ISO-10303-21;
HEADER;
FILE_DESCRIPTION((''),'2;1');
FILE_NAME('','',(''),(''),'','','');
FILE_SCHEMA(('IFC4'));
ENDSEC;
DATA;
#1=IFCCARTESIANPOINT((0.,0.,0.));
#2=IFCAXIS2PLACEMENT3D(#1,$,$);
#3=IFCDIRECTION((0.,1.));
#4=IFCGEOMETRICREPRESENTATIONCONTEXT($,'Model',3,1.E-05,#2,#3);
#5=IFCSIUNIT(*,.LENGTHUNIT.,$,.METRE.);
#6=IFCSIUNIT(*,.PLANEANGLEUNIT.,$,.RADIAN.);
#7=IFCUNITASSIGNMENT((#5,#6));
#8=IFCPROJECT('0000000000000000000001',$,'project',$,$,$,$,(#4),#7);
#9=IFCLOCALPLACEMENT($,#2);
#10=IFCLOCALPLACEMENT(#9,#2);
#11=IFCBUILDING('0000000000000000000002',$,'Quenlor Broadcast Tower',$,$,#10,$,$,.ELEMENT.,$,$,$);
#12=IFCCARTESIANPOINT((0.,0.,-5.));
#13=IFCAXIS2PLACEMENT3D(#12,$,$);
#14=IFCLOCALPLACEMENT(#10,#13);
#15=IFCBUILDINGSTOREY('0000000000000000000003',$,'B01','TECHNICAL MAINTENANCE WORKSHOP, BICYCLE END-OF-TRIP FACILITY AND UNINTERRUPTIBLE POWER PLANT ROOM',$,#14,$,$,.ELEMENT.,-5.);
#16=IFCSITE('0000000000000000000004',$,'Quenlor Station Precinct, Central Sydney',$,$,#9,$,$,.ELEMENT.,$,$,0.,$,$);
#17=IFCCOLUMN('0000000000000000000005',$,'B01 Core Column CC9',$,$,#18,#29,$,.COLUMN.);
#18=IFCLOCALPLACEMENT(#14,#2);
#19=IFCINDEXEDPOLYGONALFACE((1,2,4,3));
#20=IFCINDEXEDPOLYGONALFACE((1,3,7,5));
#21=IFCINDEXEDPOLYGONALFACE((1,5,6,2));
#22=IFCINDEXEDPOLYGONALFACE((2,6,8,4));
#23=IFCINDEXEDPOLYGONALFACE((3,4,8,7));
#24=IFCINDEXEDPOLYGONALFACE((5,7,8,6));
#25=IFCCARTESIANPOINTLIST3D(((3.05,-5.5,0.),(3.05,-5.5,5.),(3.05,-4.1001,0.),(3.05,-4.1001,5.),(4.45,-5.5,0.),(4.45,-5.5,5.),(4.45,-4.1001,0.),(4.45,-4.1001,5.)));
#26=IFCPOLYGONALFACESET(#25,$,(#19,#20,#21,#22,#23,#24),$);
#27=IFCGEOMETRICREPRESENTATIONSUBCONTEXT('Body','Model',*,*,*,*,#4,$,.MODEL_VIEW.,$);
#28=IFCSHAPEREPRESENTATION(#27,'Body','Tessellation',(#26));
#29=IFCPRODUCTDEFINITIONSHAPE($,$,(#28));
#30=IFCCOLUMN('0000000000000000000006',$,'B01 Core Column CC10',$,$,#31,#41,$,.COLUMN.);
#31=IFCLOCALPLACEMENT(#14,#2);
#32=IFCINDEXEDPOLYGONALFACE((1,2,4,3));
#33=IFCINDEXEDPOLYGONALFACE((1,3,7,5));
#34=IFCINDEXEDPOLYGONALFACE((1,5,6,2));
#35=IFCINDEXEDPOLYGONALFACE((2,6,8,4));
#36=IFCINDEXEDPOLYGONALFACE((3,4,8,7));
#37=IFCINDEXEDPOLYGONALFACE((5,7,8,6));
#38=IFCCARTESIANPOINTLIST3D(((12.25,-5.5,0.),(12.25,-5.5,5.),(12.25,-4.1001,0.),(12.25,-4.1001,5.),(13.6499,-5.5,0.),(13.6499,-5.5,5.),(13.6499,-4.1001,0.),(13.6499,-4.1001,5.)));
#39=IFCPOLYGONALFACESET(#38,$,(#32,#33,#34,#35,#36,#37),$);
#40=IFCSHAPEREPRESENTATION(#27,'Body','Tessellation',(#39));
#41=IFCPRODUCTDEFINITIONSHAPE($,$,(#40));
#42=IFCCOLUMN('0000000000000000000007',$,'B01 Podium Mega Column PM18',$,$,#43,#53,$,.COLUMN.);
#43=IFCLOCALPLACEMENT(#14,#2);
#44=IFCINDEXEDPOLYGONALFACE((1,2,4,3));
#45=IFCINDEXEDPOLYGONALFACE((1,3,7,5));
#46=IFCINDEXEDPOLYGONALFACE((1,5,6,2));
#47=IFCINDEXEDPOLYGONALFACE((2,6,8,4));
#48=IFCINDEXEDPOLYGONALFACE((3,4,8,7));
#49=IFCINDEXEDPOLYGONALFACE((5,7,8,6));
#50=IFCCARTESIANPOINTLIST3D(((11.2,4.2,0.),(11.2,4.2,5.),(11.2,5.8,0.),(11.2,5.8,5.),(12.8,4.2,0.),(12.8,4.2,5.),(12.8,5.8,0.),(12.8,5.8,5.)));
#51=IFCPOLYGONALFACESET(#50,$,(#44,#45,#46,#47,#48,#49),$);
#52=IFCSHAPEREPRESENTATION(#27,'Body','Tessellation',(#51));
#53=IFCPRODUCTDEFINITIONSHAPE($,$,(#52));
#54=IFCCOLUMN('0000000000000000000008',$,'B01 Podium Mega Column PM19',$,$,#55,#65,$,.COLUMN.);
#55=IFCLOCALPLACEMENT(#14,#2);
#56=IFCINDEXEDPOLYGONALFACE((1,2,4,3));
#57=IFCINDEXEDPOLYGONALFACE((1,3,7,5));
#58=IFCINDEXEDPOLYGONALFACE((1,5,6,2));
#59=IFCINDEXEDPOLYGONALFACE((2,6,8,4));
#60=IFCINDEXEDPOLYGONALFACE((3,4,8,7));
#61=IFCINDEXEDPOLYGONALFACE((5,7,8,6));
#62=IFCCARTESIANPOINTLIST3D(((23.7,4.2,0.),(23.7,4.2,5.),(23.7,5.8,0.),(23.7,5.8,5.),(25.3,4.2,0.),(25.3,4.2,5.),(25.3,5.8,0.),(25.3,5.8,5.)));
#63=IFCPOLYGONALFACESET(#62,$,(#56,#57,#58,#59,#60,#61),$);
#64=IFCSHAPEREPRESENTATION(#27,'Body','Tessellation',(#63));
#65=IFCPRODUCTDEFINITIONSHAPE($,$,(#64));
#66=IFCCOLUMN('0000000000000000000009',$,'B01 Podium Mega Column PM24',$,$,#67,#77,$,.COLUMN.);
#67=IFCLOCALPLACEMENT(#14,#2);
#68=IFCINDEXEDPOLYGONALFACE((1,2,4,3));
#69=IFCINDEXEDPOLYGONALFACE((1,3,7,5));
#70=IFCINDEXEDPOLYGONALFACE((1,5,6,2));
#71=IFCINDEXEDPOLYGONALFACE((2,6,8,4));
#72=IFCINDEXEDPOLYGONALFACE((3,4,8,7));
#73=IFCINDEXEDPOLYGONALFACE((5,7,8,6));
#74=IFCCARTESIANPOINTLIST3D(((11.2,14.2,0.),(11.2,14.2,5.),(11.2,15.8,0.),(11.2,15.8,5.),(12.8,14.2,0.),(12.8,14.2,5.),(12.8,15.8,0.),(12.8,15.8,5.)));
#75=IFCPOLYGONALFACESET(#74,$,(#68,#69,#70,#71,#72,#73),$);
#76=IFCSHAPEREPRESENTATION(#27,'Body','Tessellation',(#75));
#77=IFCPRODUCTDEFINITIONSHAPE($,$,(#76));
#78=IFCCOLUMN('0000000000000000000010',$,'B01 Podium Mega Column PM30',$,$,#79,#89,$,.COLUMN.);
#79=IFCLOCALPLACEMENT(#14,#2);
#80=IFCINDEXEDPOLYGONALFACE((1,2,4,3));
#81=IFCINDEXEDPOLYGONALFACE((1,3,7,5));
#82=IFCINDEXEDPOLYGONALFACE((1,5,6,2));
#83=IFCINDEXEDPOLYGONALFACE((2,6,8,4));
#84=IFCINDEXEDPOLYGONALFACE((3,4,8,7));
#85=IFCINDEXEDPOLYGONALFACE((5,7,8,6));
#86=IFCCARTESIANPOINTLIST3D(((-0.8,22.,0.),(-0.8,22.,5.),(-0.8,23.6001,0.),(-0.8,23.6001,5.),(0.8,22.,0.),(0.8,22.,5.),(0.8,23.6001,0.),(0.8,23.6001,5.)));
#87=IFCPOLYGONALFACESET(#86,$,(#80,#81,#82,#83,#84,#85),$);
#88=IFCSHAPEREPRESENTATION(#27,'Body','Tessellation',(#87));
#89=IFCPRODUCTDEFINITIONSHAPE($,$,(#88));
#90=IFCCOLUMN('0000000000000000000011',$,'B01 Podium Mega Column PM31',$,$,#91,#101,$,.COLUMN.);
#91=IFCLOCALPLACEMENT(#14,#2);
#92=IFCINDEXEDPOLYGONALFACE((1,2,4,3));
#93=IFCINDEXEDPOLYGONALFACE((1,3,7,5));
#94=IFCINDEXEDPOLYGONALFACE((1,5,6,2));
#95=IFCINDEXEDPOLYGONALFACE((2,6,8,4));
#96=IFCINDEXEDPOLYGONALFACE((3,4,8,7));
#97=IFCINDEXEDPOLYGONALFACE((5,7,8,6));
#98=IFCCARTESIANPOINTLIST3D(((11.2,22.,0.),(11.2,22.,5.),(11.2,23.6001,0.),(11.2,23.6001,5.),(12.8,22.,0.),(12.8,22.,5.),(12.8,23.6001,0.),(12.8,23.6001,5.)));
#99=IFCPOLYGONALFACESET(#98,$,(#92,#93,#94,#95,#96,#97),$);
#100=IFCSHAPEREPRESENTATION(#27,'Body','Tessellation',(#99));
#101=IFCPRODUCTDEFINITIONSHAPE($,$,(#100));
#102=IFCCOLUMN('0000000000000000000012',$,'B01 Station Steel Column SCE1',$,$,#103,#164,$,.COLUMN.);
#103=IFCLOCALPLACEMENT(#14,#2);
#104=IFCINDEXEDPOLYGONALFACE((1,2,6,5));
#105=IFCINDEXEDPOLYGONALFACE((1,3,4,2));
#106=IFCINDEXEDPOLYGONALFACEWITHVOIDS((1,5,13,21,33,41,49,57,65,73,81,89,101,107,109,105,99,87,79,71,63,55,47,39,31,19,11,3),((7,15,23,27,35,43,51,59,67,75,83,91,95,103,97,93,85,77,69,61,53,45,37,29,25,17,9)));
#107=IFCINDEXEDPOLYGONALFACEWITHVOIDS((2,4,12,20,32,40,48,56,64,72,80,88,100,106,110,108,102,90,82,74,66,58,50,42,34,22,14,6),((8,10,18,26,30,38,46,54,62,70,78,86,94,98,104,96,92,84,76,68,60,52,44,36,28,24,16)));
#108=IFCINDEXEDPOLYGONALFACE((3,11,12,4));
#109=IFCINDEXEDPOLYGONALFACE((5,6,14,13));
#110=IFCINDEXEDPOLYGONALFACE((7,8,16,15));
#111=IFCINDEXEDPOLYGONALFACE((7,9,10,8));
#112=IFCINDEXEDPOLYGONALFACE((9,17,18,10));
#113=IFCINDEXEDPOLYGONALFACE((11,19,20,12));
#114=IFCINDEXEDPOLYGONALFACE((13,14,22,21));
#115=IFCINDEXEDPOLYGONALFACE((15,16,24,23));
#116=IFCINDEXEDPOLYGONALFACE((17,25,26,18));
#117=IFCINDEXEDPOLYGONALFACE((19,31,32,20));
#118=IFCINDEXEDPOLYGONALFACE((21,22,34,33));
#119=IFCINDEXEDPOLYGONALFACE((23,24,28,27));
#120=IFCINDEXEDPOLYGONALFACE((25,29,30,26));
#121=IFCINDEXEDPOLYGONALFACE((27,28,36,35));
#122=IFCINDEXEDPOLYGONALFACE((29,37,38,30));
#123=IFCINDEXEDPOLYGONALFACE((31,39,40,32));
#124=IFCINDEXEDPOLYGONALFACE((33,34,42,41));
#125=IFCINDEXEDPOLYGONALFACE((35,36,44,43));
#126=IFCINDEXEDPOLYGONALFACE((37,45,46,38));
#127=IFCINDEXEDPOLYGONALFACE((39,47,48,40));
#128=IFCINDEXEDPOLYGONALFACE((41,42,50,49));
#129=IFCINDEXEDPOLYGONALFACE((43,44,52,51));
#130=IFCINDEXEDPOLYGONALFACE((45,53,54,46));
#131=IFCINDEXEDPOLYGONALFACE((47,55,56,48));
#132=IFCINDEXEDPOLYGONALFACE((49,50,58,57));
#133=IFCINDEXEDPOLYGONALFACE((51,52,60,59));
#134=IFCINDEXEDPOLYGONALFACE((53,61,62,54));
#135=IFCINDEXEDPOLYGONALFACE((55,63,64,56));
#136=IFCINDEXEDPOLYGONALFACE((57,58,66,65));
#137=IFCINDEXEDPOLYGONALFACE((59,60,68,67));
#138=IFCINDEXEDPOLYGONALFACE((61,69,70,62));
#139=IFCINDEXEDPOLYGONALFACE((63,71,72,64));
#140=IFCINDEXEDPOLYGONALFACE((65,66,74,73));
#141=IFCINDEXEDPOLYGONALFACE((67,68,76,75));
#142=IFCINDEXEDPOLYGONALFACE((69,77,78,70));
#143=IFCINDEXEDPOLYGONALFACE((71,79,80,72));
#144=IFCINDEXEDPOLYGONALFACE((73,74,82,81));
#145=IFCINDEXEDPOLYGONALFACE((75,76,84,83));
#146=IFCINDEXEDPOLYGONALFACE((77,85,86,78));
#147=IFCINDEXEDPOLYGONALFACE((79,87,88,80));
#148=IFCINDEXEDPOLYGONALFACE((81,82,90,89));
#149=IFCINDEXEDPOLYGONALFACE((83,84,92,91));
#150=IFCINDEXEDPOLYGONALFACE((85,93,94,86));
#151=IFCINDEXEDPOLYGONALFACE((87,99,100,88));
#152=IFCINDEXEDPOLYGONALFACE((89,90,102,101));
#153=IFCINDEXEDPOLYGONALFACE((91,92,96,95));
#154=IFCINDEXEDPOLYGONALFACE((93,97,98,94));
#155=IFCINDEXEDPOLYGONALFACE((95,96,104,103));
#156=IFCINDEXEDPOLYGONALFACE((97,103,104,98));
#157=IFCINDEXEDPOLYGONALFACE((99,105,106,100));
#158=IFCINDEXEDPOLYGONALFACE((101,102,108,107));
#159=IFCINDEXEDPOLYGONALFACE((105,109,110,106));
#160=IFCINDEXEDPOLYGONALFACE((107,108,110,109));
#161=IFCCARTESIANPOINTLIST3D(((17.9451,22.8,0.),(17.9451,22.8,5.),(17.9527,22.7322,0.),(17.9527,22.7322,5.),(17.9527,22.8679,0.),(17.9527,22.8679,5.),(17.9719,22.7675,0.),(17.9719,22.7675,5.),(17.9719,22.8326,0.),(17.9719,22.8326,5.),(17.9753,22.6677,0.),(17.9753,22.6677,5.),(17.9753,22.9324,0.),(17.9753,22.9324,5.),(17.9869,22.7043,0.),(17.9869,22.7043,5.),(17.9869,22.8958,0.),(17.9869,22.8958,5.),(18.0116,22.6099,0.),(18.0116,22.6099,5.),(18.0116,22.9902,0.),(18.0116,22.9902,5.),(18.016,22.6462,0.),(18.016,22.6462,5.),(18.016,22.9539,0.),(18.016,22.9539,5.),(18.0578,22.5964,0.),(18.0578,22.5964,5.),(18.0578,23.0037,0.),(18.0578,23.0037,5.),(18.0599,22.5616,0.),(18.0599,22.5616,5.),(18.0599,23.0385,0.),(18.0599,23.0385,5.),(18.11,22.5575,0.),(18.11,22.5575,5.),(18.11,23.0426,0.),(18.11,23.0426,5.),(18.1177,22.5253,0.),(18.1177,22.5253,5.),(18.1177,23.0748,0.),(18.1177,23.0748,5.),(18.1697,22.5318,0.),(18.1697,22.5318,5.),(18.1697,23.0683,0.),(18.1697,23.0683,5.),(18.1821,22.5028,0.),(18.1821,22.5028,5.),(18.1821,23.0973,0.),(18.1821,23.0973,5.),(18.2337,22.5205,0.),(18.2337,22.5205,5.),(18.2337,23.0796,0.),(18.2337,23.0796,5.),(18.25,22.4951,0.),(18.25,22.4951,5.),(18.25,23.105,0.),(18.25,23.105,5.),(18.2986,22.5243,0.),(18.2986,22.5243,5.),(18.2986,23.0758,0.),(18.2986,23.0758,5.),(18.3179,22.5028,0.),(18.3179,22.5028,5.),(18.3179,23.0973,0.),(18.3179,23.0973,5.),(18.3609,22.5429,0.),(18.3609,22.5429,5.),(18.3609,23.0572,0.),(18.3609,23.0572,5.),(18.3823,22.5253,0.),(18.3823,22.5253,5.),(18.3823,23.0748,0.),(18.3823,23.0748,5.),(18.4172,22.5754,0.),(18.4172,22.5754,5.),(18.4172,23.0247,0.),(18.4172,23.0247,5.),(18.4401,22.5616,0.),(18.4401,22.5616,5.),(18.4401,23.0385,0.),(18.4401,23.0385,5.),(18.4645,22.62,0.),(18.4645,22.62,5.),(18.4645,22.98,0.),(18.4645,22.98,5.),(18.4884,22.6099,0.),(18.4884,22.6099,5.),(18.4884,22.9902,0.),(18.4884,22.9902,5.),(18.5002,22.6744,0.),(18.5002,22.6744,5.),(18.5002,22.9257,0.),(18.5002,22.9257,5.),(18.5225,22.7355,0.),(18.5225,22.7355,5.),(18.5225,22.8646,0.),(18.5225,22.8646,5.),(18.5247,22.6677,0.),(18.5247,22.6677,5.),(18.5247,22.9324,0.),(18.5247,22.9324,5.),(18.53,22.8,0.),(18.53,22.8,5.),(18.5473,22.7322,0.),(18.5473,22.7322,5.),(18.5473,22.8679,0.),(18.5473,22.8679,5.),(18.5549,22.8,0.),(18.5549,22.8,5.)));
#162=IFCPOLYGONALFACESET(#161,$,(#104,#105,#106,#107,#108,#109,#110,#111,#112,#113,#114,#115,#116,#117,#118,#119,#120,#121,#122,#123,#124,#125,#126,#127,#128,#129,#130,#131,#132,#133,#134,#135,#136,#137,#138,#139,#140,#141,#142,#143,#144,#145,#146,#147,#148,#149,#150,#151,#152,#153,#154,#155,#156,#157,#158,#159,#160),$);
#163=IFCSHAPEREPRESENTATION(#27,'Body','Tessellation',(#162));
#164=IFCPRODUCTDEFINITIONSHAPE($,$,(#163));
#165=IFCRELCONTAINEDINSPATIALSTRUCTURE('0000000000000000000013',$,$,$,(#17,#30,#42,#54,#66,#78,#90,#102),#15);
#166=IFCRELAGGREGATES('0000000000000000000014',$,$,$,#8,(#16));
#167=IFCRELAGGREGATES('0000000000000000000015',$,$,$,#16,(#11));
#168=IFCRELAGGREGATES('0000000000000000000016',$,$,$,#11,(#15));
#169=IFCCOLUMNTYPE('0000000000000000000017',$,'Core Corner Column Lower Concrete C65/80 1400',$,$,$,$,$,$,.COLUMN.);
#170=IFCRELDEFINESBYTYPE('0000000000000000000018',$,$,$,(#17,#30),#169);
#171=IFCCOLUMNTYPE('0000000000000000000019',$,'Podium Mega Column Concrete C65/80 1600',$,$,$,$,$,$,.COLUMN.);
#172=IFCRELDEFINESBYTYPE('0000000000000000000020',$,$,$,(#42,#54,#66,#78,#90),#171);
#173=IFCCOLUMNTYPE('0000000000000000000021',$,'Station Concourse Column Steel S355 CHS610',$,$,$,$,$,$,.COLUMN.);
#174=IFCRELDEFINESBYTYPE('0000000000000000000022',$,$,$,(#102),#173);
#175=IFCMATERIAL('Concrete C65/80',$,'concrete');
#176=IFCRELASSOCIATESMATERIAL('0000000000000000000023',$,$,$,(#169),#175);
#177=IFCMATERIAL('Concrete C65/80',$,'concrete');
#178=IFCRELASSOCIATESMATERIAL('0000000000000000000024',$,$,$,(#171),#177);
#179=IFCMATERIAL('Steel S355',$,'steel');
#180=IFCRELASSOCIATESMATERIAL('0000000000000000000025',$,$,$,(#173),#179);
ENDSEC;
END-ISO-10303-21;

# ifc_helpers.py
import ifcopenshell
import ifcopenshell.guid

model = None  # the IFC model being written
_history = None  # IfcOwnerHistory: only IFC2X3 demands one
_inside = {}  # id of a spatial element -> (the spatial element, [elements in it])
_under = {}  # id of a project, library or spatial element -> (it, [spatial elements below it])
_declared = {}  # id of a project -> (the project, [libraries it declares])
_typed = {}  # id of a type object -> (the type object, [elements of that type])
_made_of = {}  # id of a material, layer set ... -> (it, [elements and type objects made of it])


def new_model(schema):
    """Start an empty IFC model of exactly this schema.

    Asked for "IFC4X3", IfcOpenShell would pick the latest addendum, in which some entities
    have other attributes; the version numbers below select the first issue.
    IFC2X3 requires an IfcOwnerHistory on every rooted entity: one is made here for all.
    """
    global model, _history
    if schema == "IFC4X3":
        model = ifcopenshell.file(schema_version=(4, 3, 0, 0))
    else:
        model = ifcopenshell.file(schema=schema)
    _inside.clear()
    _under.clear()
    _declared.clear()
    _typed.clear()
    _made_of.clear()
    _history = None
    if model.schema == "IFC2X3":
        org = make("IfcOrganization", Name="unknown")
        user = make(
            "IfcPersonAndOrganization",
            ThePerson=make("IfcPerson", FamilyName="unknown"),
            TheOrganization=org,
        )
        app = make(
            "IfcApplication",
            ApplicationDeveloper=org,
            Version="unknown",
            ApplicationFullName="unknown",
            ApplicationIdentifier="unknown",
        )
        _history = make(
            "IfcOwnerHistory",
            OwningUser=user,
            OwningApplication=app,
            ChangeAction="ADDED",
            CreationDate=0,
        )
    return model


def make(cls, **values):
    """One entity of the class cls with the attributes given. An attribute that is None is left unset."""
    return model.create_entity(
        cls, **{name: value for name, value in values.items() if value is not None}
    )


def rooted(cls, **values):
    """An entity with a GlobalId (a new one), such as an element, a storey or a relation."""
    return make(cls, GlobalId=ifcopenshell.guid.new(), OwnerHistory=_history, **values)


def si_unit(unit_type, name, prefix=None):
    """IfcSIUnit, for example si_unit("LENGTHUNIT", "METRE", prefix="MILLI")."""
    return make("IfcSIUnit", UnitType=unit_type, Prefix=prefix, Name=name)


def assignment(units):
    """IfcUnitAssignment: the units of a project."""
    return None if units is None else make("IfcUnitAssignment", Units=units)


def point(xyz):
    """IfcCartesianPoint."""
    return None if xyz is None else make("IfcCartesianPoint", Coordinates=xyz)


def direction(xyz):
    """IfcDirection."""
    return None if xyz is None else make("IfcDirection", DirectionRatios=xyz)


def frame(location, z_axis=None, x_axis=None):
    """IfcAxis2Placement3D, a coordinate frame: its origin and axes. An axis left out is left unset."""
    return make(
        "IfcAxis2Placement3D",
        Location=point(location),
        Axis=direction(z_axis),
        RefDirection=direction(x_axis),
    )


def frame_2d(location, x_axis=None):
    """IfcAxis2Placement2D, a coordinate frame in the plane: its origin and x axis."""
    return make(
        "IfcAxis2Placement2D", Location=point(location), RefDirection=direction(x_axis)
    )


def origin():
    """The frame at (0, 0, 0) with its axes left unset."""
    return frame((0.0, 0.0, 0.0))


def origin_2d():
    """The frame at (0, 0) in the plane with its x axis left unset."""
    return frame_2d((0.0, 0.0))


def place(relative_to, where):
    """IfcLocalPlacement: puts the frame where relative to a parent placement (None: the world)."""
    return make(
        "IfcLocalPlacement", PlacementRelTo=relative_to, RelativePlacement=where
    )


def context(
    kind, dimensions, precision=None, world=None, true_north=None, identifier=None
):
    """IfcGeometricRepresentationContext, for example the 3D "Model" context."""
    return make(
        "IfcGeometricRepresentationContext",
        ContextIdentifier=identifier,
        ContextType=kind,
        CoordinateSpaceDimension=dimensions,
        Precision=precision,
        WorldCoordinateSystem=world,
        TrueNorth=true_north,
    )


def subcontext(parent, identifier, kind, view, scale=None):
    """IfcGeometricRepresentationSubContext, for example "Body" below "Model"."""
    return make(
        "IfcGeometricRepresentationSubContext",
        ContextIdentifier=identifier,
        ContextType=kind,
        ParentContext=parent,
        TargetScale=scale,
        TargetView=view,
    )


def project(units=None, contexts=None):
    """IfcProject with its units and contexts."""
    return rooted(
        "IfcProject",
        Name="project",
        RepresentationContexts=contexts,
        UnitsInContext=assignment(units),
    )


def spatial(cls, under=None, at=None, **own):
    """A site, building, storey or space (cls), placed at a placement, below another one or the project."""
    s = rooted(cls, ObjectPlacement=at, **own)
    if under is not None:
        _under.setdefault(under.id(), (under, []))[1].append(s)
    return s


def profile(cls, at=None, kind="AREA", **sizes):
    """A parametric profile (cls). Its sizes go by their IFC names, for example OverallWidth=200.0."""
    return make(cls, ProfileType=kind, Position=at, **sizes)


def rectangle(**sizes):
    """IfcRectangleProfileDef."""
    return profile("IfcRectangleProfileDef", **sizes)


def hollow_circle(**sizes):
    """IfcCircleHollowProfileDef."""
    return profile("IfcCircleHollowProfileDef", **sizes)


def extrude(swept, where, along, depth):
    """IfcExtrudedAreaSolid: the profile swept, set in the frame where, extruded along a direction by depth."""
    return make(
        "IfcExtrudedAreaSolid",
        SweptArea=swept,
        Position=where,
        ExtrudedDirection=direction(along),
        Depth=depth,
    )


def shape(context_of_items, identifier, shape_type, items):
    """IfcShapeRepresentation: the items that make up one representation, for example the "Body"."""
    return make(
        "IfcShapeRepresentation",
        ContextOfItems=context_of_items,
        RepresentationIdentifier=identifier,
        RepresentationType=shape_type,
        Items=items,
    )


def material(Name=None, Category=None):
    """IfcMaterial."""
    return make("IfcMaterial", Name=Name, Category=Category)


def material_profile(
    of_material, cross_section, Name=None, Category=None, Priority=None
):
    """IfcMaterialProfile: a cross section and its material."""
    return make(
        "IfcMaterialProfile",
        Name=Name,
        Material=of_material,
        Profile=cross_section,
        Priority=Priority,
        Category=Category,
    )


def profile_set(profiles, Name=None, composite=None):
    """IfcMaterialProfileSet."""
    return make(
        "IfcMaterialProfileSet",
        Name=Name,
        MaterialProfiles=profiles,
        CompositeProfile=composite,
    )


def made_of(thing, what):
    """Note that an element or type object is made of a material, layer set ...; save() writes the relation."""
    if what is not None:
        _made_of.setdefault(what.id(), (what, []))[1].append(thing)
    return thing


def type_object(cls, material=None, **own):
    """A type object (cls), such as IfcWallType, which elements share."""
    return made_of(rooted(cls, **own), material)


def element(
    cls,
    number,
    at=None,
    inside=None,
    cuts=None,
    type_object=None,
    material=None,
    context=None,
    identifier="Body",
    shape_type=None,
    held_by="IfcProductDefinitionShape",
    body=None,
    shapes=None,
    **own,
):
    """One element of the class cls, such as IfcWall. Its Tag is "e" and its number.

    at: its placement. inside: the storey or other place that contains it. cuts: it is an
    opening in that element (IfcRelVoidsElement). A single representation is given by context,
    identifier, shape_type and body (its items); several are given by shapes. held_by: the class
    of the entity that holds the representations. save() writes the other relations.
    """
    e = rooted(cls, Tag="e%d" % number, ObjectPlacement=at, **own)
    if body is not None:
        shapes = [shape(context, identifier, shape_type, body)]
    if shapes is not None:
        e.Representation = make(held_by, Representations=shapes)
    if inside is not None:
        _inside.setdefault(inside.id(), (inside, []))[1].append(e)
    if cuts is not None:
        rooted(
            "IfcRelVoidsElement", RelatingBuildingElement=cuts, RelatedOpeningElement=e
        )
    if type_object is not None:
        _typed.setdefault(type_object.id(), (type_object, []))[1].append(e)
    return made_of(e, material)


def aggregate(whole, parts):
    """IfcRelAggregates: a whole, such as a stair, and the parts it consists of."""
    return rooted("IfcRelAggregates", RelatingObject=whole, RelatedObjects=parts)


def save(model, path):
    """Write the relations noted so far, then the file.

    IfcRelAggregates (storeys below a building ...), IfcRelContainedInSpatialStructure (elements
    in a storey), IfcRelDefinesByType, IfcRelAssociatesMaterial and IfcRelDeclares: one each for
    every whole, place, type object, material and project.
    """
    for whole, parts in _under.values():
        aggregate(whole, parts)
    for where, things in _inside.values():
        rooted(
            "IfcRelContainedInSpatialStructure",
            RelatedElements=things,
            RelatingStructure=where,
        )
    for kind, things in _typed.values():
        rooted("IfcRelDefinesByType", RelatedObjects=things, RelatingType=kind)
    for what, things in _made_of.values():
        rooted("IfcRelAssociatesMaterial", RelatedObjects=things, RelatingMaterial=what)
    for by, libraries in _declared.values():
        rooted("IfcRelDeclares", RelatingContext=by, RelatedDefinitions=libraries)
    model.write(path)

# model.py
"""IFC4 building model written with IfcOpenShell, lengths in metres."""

from ifc_helpers import new_model, si_unit, direction, frame, origin, origin_2d, place, context, subcontext, project, spatial, rectangle, hollow_circle, extrude, material, material_profile, profile_set, type_object, element, save


model = new_model("IFC4")

# Units and contexts
model_context = context("Model", 3, precision=1e-05, world=origin(), true_north=direction((0.0, 1.0)))
body_context = subcontext(model_context, "Body", "Model", "MODEL_VIEW")
ifc_project = project(units=[si_unit("LENGTHUNIT", "METRE"), si_unit("PLANEANGLEUNIT", "RADIAN")], contexts=[model_context])

# Site, building, storey
site_placement = place(None, origin())
site = spatial("IfcSite", under=ifc_project, at=site_placement, Name="Quenlor Station Precinct, Central Sydney", CompositionType="ELEMENT", RefElevation=0.0)
building_placement = place(site_placement, origin())
building = spatial("IfcBuilding", under=site, at=building_placement, Name="Quenlor Broadcast Tower", CompositionType="ELEMENT")
storey_placement = place(building_placement, frame((0.0, 0.0, -5.0)))
storey = spatial("IfcBuildingStorey", under=building, at=storey_placement, Name="B01", Description="TECHNICAL MAINTENANCE WORKSHOP, BICYCLE END-OF-TRIP FACILITY AND UNINTERRUPTIBLE POWER PLANT ROOM", CompositionType="ELEMENT", Elevation=-5.0)

# Columns
ifc_material_1 = material(Name="Concrete C65/80", Category="concrete")
ifc_material_profile_1 = material_profile(ifc_material_1, rectangle(XDim=1.3999, YDim=1.3999, at=origin_2d()))
ifc_profile_set_1 = profile_set([ifc_material_profile_1], Name="Concrete C65/80 RC1400x1400")
column_type_1 = type_object("IfcColumnType", Name="Core Corner Column Lower Concrete C65/80 1400", PredefinedType="COLUMN", material=ifc_profile_set_1)
for number, where, z_axis, x_axis, name in (
    (1, (3.75, -4.8, 0.0), (0.0, 0.0, 1.0), (1.0, 0.0, 0.0), "B01 Core Column CC9"),
    (2, (12.95, -4.8, 0.0), (0.0, 0.0, 1.0), (1.0, 0.0, 0.0), "B01 Core Column CC10"),
):
    element("IfcColumn", number, at=place(storey_placement, frame(where, z_axis=z_axis, x_axis=x_axis)), inside=storey, type_object=column_type_1, Name=name, PredefinedType="COLUMN", context=body_context, shape_type="SweptSolid", body=[
        extrude(rectangle(XDim=1.3999, YDim=1.3999, at=origin_2d()), origin(), (0.0, 0.0, 1.0), 5.0),
    ])
ifc_material_2 = material(Name="Concrete C65/80", Category="concrete")
ifc_material_profile_2 = material_profile(ifc_material_2, rectangle(XDim=1.6001, YDim=1.6001, at=origin_2d()))
ifc_profile_set_2 = profile_set([ifc_material_profile_2], Name="Concrete C65/80 RC1600x1600")
column_type_2 = type_object("IfcColumnType", Name="Podium Mega Column Concrete C65/80 1600", PredefinedType="COLUMN", material=ifc_profile_set_2)
for number, where, z_axis, x_axis, name in (
    (3, (12.0, 5.0, 0.0), (0.0, 0.0, 1.0), (1.0, 0.0, 0.0), "B01 Podium Mega Column PM18"),
    (4, (24.5, 5.0, 0.0), (0.0, 0.0, 1.0), (1.0, 0.0, 0.0), "B01 Podium Mega Column PM19"),
    (5, (12.0, 15.0, 0.0), (0.0, 0.0, 1.0), (1.0, 0.0, 0.0), "B01 Podium Mega Column PM24"),
    (6, (0.0, 22.8, 0.0), (0.0, 0.0, 1.0), (1.0, 0.0, 0.0), "B01 Podium Mega Column PM30"),
    (7, (12.0, 22.8, 0.0), (0.0, 0.0, 1.0), (1.0, 0.0, 0.0), "B01 Podium Mega Column PM31"),
):
    element("IfcColumn", number, at=place(storey_placement, frame(where, z_axis=z_axis, x_axis=x_axis)), inside=storey, type_object=column_type_2, Name=name, PredefinedType="COLUMN", context=body_context, shape_type="SweptSolid", body=[
        extrude(rectangle(XDim=1.6001, YDim=1.6001, at=origin_2d()), origin(), (0.0, 0.0, 1.0), 5.0),
    ])
ifc_material_3 = material(Name="Steel S355", Category="steel")
ifc_material_profile_3 = material_profile(ifc_material_3, hollow_circle(Radius=0.3049, WallThickness=0.0249, at=origin_2d()))
ifc_profile_set_3 = profile_set([ifc_material_profile_3], Name="Steel S355 CHS610x25")
column_type_3 = type_object("IfcColumnType", Name="Station Concourse Column Steel S355 CHS610", PredefinedType="COLUMN", material=ifc_profile_set_3)
column_1_placement = place(storey_placement, frame((18.25, 22.8, 0.0), z_axis=(0.0, 0.0, 1.0), x_axis=(1.0, 0.0, 0.0)))
element("IfcColumn", 8, at=column_1_placement, inside=storey, type_object=column_type_3, Name="B01 Station Steel Column SCE1", PredefinedType="COLUMN", context=body_context, shape_type="SweptSolid", body=[
    extrude(hollow_circle(Radius=0.3049, WallThickness=0.0249, at=origin_2d()), origin(), (0.0, 0.0, 1.0), 5.0),
])

save(model, "model.ifc")
